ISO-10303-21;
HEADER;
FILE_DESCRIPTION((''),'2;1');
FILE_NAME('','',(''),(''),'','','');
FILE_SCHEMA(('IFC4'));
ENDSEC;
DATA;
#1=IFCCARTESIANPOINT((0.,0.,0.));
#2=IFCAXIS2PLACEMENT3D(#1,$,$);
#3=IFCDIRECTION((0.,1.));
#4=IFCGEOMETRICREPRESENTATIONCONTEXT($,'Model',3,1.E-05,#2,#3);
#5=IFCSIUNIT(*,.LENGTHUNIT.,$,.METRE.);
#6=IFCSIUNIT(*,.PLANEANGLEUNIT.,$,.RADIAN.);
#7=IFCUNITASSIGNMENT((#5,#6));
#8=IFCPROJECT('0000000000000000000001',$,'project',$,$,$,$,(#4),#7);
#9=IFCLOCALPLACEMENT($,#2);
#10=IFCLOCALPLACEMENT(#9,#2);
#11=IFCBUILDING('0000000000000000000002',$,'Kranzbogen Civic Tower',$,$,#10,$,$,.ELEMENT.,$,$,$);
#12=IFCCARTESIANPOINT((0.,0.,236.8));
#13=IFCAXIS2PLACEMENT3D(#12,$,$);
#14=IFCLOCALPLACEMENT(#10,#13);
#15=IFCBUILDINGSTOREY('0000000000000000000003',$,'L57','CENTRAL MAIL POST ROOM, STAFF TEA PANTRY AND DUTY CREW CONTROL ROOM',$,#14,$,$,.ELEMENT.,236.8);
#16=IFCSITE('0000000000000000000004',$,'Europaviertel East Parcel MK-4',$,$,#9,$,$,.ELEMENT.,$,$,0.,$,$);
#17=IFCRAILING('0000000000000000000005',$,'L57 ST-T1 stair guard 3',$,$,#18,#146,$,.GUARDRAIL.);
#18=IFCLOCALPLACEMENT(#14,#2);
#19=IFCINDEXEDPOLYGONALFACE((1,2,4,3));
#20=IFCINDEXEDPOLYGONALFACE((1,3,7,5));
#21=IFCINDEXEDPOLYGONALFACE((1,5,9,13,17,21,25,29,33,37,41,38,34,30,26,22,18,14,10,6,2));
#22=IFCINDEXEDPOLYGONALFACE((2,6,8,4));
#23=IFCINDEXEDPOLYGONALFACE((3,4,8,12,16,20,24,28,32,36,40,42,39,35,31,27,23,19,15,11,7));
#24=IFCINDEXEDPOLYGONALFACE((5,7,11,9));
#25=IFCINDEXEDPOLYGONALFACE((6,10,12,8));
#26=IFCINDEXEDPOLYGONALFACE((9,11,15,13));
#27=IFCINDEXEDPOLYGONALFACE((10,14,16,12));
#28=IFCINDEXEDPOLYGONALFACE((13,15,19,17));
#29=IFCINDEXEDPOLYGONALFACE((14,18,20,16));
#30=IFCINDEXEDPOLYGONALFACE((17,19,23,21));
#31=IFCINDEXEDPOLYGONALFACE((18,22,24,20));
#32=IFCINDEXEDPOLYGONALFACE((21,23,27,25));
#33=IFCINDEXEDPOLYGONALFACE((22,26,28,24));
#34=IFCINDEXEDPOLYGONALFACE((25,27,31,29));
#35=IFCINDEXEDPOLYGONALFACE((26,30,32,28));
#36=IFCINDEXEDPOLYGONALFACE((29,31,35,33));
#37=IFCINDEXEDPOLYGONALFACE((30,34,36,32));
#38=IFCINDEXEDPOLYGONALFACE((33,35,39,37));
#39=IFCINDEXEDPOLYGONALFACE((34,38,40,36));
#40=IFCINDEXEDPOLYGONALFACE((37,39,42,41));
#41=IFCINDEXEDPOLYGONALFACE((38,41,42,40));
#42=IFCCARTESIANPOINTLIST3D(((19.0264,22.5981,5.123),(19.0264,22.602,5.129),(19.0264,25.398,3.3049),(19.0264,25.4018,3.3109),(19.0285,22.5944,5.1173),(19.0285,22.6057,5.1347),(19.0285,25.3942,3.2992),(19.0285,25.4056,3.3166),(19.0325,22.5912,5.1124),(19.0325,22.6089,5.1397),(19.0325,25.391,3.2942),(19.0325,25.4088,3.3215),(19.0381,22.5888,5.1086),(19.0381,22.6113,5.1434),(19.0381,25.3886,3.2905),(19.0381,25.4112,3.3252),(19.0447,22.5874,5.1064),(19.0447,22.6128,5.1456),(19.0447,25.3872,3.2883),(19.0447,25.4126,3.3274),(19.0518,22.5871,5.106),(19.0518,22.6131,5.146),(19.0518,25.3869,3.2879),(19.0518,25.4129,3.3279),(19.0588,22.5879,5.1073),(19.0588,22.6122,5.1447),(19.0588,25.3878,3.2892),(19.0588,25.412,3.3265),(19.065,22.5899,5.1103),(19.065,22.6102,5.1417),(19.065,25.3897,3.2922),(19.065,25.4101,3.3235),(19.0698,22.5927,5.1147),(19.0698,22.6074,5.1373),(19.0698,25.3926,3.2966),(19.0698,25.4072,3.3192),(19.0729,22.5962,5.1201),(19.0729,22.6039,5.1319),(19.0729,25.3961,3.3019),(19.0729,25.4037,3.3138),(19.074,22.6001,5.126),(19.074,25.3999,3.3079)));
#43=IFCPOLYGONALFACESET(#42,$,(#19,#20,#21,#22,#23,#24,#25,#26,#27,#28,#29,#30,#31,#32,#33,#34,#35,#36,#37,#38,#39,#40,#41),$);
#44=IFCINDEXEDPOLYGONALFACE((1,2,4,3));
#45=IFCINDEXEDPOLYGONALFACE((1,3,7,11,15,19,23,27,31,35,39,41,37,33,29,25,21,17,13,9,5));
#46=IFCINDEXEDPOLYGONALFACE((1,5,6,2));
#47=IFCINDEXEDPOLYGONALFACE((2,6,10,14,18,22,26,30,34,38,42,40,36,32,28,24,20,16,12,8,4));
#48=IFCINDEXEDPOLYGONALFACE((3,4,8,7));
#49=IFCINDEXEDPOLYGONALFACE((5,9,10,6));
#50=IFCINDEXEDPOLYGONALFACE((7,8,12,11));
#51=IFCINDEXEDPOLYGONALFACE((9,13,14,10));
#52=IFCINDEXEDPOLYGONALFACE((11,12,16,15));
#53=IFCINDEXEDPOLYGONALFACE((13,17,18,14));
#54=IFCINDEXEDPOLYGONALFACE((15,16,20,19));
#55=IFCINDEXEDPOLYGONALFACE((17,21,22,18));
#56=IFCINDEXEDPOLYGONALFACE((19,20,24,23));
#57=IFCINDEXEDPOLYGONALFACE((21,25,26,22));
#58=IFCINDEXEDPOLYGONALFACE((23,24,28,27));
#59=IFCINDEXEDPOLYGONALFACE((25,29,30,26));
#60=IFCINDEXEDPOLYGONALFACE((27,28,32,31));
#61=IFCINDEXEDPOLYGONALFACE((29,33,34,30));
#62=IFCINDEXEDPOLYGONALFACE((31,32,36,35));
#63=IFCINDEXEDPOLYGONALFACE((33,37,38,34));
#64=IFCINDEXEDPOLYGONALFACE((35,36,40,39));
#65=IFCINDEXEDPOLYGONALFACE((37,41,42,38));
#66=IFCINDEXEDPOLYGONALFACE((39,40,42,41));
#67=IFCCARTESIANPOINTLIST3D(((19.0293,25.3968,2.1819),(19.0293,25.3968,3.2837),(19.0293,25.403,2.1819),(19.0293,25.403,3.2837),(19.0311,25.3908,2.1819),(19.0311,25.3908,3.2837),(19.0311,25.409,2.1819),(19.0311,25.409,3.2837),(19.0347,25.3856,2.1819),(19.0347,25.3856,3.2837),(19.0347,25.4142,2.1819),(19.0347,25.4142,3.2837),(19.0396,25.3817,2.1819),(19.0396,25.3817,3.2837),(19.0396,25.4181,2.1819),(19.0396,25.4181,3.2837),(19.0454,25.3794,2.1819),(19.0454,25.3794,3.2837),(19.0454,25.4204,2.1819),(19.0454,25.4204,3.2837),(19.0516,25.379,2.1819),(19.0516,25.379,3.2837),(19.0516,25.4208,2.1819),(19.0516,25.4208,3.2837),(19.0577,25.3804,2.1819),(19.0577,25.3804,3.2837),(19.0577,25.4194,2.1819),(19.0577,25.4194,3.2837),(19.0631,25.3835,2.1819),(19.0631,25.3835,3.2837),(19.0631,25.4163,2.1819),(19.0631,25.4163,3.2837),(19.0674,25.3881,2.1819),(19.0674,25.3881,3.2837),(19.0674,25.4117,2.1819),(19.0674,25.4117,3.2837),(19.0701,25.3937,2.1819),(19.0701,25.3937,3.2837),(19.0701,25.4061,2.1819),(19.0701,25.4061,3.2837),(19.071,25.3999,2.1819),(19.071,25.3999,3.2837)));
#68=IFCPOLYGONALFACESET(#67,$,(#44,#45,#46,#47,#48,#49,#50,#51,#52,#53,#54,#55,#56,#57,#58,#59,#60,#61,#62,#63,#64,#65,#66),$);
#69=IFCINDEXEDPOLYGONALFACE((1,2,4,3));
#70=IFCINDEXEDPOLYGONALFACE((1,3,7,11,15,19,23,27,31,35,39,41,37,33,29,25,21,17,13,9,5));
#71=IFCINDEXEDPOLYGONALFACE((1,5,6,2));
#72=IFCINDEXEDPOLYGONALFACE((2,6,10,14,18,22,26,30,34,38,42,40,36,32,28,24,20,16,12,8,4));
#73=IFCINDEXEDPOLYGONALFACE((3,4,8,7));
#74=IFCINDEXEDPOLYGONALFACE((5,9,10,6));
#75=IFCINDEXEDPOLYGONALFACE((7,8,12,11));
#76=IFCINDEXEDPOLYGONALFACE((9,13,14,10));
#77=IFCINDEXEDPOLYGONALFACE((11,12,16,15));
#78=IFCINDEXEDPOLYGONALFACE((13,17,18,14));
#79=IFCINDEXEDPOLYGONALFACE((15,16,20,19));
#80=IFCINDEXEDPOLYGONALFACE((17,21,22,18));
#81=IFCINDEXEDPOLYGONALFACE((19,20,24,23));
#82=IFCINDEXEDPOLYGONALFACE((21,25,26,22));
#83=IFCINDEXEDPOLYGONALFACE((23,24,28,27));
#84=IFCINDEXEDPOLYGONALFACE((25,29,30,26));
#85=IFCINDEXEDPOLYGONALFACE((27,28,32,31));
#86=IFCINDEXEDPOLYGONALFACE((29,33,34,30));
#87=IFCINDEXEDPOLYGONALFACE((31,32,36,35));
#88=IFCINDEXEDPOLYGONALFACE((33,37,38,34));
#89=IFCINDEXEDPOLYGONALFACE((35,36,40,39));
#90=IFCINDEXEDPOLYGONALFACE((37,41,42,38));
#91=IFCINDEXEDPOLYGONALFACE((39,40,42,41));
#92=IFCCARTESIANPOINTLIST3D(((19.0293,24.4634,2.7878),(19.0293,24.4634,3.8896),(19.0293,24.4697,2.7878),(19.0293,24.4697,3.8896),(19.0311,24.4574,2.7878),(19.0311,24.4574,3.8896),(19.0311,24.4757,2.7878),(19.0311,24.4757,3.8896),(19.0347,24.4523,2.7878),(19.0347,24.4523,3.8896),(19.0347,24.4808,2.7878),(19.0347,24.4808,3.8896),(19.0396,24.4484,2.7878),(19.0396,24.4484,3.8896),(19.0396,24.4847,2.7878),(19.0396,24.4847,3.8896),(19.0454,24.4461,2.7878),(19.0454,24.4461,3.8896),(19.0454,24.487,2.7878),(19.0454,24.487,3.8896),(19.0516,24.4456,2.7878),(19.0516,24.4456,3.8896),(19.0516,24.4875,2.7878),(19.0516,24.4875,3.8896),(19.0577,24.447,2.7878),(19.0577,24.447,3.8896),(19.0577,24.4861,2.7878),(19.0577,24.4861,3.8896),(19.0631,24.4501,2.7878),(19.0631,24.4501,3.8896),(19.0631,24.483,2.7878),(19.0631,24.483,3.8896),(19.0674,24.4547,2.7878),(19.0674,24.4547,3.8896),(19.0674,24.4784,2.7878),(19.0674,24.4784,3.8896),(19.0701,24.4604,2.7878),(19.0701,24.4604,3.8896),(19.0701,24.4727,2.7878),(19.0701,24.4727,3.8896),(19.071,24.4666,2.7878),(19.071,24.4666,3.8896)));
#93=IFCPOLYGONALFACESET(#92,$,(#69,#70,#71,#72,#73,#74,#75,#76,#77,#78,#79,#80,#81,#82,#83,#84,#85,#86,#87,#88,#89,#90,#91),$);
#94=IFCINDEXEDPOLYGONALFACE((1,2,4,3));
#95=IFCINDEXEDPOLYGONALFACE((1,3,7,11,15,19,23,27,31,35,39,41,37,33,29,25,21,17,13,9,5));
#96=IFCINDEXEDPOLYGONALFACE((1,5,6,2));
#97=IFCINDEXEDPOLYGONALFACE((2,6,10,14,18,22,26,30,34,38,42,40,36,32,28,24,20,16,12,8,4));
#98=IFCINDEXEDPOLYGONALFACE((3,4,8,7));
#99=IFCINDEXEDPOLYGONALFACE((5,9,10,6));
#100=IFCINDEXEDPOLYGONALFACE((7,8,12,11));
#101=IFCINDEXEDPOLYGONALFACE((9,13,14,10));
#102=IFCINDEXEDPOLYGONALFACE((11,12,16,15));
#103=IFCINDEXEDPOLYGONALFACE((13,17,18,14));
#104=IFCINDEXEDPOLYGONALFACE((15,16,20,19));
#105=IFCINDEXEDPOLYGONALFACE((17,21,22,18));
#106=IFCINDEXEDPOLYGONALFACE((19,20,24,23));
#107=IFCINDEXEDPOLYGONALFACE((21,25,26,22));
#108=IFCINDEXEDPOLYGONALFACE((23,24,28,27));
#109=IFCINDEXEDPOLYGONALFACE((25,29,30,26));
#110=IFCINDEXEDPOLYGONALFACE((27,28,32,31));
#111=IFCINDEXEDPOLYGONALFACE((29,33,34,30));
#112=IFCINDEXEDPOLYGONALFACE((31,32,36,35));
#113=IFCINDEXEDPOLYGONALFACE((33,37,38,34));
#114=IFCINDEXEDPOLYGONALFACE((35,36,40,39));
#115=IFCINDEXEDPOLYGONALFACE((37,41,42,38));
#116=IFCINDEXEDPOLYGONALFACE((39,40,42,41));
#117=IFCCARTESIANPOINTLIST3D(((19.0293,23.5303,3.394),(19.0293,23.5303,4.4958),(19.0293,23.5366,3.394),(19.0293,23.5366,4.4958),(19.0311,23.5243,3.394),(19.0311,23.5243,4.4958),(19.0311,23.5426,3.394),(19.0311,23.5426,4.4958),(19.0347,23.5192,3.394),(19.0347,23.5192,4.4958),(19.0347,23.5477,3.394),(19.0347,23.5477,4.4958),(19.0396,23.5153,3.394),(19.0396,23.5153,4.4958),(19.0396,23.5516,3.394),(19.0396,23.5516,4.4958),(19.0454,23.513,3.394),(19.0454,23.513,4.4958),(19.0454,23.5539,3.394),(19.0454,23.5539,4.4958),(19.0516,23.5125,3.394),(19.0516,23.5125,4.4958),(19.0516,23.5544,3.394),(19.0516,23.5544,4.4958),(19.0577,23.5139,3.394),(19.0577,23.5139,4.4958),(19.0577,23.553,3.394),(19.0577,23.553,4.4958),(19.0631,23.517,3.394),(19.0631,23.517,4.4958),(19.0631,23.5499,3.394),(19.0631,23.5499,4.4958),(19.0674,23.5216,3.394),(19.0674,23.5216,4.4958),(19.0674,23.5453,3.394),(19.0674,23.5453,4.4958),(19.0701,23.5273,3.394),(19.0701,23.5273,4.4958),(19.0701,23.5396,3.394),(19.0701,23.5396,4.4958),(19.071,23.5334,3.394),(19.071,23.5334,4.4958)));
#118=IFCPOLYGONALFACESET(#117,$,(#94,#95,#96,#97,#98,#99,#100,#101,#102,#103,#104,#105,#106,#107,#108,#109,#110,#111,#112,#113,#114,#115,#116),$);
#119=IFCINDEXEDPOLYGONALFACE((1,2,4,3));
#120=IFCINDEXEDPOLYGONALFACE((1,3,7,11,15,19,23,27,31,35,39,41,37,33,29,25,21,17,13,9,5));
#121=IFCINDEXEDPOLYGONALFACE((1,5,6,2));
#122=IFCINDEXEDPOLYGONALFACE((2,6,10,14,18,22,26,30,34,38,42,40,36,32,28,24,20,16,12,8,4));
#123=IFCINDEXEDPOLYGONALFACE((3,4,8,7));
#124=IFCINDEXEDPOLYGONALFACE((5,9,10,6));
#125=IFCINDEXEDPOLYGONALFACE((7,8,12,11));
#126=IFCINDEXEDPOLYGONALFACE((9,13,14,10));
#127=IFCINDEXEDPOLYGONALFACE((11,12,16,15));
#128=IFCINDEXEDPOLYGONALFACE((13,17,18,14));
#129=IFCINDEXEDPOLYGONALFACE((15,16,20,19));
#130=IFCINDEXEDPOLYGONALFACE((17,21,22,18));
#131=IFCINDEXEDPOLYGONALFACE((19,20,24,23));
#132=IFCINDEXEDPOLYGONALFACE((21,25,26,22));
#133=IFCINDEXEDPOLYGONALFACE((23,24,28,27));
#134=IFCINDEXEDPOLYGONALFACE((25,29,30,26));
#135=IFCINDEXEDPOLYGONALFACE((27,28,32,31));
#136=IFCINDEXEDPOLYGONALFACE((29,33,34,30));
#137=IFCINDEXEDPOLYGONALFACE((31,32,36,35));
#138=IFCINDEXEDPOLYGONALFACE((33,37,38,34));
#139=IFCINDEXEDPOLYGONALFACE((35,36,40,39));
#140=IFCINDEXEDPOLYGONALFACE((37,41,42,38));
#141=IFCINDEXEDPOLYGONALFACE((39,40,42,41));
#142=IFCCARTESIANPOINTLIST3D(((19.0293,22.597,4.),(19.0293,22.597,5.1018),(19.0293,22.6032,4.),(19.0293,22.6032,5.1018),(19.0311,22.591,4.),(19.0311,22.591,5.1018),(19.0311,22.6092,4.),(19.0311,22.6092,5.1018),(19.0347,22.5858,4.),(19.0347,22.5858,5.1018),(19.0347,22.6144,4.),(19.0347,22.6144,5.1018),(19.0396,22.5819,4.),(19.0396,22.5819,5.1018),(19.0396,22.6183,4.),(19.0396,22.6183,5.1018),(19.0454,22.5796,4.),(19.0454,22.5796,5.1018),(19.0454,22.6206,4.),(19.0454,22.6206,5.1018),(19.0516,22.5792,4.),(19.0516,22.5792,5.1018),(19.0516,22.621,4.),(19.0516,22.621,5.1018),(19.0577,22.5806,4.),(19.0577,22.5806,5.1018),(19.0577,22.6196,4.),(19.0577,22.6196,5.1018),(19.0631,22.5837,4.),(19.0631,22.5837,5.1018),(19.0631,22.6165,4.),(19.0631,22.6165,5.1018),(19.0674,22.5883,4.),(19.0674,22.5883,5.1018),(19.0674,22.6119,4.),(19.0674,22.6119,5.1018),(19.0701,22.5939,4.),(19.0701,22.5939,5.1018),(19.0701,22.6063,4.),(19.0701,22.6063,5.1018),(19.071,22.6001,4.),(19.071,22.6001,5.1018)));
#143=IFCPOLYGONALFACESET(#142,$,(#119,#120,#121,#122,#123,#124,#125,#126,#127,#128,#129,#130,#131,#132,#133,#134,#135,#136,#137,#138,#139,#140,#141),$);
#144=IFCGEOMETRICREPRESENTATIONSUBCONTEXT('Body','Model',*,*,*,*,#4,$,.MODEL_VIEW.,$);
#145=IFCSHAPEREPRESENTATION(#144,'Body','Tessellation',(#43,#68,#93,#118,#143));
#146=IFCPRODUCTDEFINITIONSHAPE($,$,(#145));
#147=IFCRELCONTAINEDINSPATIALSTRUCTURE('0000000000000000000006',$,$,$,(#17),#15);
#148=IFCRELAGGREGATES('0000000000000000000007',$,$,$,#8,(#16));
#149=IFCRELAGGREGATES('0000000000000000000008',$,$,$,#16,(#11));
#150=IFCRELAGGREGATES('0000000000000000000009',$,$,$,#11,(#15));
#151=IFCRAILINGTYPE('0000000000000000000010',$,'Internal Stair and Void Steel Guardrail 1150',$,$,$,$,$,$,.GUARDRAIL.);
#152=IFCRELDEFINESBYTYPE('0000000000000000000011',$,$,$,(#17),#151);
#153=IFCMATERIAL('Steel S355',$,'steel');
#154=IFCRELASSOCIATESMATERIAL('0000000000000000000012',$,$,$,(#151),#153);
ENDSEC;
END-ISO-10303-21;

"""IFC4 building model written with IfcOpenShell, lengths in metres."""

from ifc_helpers import new_model, si_unit, direction, frame, origin, origin_2d, place, context, subcontext, project, spatial, circle, extrude, material, type_object, element, save


model = new_model("IFC4")

# Units and contexts
model_context = context("Model", 3, precision=1e-05, world=origin(), true_north=direction((0.0, 1.0)))
body_context = subcontext(model_context, "Body", "Model", "MODEL_VIEW")
ifc_project = project(units=[si_unit("LENGTHUNIT", "METRE"), si_unit("PLANEANGLEUNIT", "RADIAN")], contexts=[model_context])

# Site, building, storey
site_placement = place(None, origin())
site = spatial("IfcSite", under=ifc_project, at=site_placement, Name="Europaviertel East Parcel MK-4", CompositionType="ELEMENT", RefElevation=0.0)
building_placement = place(site_placement, origin())
building = spatial("IfcBuilding", under=site, at=building_placement, Name="Kranzbogen Civic Tower", CompositionType="ELEMENT")
storey_placement = place(building_placement, frame((0.0, 0.0, 236.8)))
storey = spatial("IfcBuildingStorey", under=building, at=storey_placement, Name="L57", Description="CENTRAL MAIL POST ROOM, STAFF TEA PANTRY AND DUTY CREW CONTROL ROOM", CompositionType="ELEMENT", Elevation=236.8)

# Shared definitions
ifc_material_1 = material(Name="Steel S355", Category="steel")

# Railing
railing_type_1 = type_object("IfcRailingType", Name="Internal Stair and Void Steel Guardrail 1150", PredefinedType="GUARDRAIL", material=ifc_material_1)
railing_1_placement = place(storey_placement, frame((19.05, 25.3999, 2.1819)))
element("IfcRailing", 1, at=railing_1_placement, inside=storey, type_object=railing_type_1, Name="L57 ST-T1 stair guard 3", PredefinedType="GUARDRAIL", context=body_context, shape_type="SweptSolid", body=[
    extrude(circle(Radius=0.0239, at=origin_2d()), frame((0.0, 0.0, 1.126), z_axis=(0.0, -0.838684, 0.544618), x_axis=(1.0, 0.0, 0.0)), (0.0, 0.0, 1.0), 3.3384),
    extrude(circle(Radius=0.021, at=origin_2d()), origin(), (0.0, 0.0, 1.0), 1.1018),
    extrude(circle(Radius=0.021, at=origin_2d()), frame((0.0, -0.9333, 0.606)), (0.0, 0.0, 1.0), 1.1018),
    extrude(circle(Radius=0.021, at=origin_2d()), frame((0.0, -1.8665, 1.2122)), (0.0, 0.0, 1.0), 1.1018),
    extrude(circle(Radius=0.021, at=origin_2d()), frame((0.0, -2.7998, 1.8181)), (0.0, 0.0, 1.0), 1.1018),
])

save(model, "model.ifc")
